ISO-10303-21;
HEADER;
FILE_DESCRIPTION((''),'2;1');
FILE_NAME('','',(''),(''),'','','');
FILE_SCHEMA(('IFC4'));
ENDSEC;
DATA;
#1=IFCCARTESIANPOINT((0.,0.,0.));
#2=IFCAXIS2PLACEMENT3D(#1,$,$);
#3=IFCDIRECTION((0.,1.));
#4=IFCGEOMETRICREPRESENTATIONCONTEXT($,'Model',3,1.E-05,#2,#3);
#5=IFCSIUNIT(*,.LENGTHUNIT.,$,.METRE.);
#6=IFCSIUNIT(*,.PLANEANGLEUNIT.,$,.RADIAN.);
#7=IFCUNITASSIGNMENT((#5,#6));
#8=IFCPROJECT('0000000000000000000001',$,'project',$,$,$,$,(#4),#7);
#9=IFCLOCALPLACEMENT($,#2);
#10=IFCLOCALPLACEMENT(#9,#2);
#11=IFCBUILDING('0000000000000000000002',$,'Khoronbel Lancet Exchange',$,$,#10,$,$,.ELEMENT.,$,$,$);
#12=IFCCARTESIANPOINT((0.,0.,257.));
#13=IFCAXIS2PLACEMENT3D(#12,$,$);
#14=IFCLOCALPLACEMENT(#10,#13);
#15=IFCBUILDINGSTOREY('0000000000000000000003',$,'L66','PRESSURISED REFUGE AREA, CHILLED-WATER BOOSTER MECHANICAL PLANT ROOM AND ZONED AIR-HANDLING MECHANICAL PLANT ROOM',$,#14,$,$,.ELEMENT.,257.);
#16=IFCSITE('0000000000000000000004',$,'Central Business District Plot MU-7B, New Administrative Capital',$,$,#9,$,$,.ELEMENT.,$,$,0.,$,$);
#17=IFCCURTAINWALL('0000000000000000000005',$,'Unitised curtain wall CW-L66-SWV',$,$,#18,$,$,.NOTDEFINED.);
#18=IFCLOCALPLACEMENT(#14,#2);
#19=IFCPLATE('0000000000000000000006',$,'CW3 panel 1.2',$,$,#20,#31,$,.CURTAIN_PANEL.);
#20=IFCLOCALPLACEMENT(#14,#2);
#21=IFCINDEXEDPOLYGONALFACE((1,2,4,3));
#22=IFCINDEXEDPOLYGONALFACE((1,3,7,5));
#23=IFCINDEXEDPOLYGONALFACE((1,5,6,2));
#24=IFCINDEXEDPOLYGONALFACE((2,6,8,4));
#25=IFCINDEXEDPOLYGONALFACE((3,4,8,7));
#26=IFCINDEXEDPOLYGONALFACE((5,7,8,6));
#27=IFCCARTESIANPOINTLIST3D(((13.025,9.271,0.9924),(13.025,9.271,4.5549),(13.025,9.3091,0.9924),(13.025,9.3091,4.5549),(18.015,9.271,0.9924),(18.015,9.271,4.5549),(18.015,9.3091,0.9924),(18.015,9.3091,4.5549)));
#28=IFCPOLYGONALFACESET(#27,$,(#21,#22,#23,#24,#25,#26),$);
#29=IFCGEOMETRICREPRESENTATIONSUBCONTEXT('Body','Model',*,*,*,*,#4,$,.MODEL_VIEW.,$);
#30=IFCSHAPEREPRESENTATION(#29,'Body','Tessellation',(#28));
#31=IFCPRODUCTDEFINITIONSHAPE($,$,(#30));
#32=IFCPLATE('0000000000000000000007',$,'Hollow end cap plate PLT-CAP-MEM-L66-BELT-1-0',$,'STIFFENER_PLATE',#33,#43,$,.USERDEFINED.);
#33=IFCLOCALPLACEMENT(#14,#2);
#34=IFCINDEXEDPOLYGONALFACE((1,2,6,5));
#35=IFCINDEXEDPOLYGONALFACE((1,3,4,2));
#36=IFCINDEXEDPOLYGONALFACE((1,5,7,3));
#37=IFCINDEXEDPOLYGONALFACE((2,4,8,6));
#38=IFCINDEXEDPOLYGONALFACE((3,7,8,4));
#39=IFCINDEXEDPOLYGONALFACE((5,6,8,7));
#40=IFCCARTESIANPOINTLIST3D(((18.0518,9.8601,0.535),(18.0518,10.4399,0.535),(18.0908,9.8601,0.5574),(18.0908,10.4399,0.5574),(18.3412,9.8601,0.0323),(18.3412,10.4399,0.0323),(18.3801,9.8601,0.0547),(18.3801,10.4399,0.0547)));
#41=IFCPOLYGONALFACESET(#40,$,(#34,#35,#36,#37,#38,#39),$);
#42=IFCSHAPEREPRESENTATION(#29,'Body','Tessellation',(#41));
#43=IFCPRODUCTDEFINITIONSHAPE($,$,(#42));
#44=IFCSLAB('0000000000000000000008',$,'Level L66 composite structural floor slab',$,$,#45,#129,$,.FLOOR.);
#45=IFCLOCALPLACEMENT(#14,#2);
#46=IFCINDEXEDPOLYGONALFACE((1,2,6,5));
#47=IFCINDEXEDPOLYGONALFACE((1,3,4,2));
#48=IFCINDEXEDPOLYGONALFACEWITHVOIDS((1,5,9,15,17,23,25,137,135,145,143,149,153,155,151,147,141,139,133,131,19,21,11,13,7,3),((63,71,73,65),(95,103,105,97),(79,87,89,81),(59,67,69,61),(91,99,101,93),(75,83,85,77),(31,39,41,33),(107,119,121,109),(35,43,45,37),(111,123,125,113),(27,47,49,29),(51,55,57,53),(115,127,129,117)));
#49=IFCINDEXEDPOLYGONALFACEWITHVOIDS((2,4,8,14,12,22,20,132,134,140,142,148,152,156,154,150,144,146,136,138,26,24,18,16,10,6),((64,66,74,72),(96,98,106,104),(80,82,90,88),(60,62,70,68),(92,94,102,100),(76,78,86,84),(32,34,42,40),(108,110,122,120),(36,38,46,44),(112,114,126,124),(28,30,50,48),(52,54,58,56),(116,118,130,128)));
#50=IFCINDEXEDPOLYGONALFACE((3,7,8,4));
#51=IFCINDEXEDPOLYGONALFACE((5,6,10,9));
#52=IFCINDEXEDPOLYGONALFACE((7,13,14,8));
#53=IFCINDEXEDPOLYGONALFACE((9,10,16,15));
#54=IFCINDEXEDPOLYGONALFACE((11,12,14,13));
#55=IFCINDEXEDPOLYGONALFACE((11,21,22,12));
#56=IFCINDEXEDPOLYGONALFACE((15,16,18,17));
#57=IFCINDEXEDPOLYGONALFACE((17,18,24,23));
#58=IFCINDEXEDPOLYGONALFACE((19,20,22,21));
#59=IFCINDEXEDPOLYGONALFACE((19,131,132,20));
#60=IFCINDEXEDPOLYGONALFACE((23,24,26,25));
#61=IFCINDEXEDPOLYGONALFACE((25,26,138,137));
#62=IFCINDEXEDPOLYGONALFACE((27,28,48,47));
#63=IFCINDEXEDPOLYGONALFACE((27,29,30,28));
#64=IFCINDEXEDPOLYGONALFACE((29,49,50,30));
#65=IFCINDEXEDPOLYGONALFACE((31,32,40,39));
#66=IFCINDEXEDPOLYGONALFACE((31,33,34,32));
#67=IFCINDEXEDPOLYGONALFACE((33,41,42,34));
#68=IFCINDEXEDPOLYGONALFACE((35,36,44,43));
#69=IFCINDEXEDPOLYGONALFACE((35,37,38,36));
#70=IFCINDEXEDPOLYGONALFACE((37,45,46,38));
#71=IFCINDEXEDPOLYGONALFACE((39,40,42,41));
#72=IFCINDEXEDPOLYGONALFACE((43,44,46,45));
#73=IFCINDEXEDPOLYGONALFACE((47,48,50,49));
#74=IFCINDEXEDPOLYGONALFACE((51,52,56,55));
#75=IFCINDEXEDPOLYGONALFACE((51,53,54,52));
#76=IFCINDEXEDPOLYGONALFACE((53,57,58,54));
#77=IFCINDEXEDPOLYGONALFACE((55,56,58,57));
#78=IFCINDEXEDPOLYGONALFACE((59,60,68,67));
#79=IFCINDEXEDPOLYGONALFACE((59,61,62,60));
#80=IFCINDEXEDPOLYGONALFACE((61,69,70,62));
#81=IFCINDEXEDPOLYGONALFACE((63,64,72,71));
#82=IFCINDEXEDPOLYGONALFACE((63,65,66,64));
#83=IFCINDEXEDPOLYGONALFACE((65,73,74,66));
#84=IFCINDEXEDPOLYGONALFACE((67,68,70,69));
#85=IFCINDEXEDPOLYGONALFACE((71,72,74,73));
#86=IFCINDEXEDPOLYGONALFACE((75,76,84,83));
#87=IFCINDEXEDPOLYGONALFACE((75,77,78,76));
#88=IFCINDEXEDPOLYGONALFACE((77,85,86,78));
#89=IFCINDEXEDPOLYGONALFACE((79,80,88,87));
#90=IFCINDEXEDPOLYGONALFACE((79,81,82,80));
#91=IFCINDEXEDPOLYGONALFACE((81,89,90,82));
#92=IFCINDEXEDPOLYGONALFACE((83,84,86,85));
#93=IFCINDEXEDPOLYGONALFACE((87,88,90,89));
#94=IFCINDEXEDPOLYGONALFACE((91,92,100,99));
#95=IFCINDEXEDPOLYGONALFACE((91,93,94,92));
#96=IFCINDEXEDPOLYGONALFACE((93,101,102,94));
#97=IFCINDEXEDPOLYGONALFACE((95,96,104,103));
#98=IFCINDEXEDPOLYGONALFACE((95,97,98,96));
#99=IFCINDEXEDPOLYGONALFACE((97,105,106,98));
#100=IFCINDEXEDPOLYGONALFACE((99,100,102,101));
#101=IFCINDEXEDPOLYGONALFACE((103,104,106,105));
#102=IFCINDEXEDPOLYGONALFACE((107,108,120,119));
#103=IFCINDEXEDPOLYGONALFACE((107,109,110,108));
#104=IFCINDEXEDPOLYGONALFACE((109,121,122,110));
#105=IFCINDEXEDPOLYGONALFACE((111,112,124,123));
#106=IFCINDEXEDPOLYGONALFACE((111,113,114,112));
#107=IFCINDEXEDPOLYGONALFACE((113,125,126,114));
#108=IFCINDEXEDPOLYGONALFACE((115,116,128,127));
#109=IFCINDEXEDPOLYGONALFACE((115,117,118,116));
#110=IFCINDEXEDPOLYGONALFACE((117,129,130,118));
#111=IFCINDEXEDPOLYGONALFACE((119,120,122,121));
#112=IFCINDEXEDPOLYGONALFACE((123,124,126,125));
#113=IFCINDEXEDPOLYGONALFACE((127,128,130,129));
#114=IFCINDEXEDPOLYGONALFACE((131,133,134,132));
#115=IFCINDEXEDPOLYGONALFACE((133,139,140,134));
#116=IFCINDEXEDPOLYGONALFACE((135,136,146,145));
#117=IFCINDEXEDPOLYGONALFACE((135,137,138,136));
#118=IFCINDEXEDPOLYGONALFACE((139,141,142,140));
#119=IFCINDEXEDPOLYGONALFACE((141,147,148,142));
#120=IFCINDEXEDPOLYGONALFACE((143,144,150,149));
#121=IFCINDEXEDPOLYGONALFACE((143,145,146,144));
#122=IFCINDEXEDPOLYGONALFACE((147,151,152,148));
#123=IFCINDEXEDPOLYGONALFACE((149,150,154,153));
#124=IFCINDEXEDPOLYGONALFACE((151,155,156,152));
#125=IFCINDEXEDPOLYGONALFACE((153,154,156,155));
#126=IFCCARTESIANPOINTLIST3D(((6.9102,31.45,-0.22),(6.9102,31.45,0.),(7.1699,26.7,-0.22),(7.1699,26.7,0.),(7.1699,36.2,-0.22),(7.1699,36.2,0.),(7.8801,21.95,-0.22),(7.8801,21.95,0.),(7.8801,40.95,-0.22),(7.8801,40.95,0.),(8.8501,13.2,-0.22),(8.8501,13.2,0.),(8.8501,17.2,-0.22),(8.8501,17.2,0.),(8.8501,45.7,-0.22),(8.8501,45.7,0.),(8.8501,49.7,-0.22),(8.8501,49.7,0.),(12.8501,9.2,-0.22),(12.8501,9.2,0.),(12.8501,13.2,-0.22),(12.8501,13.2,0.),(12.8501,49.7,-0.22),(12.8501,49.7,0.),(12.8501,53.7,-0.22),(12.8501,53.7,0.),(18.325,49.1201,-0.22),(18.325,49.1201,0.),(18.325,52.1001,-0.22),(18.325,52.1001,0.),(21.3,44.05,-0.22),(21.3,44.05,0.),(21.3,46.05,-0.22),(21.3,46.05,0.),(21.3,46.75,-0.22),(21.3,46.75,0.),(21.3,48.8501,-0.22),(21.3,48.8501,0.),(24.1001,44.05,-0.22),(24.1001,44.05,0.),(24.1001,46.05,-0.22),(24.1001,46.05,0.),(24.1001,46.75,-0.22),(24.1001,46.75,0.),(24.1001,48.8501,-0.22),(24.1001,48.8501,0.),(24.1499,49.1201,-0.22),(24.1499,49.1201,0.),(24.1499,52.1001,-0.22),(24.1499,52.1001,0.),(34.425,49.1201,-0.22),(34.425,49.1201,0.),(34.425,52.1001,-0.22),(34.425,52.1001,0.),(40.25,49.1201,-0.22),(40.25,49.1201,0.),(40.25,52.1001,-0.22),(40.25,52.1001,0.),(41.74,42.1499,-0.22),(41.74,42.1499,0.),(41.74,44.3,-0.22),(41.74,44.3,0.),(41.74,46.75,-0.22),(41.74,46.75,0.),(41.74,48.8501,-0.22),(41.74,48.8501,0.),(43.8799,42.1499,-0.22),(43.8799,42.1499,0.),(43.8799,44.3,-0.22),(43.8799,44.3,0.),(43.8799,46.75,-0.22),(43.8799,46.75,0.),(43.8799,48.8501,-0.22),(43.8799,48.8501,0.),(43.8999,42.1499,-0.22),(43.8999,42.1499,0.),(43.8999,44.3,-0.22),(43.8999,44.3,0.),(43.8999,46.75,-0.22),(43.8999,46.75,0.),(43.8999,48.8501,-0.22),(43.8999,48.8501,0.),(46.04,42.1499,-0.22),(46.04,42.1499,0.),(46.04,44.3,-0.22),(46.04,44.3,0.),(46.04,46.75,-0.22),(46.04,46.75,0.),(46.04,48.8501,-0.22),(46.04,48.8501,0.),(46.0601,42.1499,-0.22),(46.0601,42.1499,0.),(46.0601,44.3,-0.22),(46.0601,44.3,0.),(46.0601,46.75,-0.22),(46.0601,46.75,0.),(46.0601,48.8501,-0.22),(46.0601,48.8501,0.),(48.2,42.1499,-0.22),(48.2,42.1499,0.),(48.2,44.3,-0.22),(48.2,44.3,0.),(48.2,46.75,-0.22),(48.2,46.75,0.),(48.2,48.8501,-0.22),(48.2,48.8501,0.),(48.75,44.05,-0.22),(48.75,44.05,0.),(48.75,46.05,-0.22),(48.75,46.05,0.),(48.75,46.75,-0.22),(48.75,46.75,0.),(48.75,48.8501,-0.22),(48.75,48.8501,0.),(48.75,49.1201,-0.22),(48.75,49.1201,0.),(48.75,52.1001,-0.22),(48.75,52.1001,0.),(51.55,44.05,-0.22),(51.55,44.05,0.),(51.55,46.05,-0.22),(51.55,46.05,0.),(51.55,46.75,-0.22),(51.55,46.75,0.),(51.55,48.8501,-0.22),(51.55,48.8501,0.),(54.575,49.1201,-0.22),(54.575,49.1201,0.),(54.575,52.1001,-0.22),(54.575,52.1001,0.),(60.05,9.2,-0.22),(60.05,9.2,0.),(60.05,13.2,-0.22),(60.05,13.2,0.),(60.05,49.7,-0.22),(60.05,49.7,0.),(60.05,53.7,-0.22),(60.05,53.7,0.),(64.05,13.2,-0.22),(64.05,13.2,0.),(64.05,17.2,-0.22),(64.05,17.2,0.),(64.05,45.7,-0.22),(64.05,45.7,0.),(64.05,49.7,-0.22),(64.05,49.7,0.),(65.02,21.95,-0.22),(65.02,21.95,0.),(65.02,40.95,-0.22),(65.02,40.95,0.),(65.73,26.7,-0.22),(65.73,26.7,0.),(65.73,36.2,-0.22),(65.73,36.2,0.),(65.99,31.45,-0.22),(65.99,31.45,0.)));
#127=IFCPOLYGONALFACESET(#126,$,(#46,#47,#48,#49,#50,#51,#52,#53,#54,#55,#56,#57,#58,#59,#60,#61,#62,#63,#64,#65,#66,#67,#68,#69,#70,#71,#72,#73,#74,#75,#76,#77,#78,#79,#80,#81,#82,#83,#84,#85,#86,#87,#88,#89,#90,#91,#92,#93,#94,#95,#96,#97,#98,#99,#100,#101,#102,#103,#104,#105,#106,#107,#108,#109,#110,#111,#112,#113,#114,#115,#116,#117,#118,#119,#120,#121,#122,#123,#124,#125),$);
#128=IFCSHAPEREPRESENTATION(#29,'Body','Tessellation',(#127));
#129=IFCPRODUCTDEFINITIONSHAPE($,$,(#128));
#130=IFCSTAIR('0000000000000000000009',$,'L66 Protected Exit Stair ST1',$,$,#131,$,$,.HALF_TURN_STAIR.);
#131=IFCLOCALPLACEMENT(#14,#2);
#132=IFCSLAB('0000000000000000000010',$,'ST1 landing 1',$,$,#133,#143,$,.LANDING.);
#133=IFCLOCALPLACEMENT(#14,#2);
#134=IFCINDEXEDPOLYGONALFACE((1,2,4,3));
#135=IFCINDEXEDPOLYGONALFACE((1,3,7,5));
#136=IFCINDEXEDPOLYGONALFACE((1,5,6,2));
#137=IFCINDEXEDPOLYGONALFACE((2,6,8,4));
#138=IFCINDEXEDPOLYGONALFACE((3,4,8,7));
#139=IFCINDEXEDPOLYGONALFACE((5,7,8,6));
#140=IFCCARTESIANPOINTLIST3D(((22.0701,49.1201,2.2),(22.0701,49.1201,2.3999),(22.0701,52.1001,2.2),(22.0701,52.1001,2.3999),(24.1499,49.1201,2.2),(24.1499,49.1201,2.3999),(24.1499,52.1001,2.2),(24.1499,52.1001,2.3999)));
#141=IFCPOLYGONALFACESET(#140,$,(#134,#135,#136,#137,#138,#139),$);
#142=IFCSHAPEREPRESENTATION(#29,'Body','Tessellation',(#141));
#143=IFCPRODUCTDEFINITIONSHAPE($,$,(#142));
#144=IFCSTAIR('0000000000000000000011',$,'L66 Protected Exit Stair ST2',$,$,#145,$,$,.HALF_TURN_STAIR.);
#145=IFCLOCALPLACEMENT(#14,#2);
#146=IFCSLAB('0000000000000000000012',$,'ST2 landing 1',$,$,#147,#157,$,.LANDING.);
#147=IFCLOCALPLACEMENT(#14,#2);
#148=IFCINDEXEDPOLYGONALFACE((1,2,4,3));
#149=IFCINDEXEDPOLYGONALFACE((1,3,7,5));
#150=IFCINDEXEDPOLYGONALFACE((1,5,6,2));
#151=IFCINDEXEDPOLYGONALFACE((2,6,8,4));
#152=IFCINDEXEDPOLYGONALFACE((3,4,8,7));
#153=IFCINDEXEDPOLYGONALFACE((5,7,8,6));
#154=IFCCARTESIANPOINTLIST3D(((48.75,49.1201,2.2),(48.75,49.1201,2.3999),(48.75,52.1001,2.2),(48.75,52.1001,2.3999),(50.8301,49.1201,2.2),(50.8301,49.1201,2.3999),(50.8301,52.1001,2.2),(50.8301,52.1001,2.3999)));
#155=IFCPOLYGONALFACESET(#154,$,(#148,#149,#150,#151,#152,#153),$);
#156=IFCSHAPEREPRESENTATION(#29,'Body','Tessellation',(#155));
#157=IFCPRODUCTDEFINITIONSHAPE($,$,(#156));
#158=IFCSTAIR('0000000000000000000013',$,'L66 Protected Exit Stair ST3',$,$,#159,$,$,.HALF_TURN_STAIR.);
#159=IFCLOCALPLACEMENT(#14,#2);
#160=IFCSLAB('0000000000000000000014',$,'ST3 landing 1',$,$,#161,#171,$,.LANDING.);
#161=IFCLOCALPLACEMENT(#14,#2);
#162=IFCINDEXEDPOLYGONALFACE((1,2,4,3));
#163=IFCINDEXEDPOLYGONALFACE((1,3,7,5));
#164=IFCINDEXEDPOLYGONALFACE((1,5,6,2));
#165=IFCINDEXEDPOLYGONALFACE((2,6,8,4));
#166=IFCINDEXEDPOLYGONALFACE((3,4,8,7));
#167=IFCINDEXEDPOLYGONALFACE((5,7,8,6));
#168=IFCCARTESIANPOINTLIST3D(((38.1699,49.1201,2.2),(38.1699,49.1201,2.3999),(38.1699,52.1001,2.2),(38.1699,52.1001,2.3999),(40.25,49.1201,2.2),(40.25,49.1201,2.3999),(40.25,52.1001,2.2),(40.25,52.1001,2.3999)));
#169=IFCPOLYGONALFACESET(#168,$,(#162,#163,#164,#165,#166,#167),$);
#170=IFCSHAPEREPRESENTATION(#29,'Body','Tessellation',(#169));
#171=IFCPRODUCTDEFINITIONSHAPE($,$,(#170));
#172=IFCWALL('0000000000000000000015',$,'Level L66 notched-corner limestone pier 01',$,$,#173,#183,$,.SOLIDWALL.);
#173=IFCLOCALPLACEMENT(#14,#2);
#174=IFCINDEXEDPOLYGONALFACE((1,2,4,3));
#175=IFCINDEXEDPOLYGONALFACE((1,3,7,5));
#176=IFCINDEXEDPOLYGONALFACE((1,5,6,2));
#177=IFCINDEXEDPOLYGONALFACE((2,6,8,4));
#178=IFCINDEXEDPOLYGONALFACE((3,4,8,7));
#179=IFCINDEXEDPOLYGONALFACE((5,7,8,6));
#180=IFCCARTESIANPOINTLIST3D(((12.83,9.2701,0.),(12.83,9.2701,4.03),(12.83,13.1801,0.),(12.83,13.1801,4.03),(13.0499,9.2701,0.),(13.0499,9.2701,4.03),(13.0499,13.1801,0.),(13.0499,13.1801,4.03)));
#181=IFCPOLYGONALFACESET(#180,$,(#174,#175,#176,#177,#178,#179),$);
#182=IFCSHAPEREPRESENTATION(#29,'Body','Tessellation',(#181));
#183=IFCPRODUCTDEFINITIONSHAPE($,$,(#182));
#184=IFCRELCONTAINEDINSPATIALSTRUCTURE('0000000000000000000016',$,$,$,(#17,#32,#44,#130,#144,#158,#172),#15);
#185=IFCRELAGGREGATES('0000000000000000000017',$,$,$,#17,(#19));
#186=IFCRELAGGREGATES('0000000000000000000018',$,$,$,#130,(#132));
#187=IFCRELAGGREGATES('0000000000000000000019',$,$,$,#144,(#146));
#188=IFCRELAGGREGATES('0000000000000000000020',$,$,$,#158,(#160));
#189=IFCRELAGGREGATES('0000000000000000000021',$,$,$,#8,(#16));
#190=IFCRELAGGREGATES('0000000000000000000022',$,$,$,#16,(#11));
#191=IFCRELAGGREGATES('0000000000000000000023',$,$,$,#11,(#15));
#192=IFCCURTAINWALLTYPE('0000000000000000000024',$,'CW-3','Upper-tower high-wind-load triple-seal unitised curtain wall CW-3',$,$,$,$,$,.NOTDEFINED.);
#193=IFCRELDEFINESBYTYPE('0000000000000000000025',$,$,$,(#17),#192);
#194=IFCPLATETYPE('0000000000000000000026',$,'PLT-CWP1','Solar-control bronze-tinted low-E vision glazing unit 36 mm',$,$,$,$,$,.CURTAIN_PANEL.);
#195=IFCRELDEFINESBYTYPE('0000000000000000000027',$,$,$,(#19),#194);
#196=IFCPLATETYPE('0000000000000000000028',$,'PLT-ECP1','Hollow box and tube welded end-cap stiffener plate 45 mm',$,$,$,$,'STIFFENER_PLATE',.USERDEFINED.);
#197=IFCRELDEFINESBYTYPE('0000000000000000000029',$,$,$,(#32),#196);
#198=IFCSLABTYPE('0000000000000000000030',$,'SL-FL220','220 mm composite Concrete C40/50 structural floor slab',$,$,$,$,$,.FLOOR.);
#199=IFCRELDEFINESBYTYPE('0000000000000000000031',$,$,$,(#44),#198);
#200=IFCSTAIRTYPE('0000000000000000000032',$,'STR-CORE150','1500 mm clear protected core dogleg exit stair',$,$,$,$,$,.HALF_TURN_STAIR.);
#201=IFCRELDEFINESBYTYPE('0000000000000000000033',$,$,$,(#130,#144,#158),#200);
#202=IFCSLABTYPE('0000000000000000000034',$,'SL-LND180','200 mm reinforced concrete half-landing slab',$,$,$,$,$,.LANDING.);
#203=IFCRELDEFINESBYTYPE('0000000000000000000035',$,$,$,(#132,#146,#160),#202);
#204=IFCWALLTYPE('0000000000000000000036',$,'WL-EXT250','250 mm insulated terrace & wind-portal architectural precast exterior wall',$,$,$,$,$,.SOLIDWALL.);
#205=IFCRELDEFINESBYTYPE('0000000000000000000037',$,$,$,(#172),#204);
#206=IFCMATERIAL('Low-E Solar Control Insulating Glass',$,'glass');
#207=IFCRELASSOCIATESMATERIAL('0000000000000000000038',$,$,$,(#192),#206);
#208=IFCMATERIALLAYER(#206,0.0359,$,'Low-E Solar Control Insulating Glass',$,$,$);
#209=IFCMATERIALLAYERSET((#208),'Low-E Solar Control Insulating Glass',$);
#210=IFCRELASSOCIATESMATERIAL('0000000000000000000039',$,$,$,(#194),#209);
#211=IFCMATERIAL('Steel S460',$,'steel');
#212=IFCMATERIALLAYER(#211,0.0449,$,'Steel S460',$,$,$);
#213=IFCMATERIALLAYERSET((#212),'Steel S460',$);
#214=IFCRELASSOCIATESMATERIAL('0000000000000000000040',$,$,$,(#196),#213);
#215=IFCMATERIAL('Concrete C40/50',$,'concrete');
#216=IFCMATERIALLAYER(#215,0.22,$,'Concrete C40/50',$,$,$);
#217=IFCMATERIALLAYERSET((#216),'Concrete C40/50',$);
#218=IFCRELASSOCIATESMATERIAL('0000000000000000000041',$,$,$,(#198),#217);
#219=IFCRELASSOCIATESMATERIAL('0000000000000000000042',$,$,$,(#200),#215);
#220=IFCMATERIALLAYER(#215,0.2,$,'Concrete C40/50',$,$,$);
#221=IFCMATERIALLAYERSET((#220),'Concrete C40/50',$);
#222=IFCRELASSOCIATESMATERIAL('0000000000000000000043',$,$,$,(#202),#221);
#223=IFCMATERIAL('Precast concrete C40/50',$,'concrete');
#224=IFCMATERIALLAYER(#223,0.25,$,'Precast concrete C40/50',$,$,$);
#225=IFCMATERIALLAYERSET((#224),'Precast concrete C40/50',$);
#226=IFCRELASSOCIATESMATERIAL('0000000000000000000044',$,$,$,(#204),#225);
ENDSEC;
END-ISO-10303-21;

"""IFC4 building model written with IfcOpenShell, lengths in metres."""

from ifc_helpers import new_model, si_unit, direction, frame, frame_2d, origin, origin_2d, place, context, subcontext, project, spatial, polyline, rectangle, outline, extrude, material, layer, layer_set, type_object, element, aggregate, save


model = new_model("IFC4")

# Units and contexts
model_context = context("Model", 3, precision=1e-05, world=origin(), true_north=direction((0.0, 1.0)))
body_context = subcontext(model_context, "Body", "Model", "MODEL_VIEW")
ifc_project = project(units=[si_unit("LENGTHUNIT", "METRE"), si_unit("PLANEANGLEUNIT", "RADIAN")], contexts=[model_context])

# Site, building, storey
site_placement = place(None, origin())
site = spatial("IfcSite", under=ifc_project, at=site_placement, Name="Central Business District Plot MU-7B, New Administrative Capital", CompositionType="ELEMENT", RefElevation=0.0)
building_placement = place(site_placement, origin())
building = spatial("IfcBuilding", under=site, at=building_placement, Name="Khoronbel Lancet Exchange", CompositionType="ELEMENT")
storey_placement = place(building_placement, frame((0.0, 0.0, 257.0)))
storey = spatial("IfcBuildingStorey", under=building, at=storey_placement, Name="L66", Description="PRESSURISED REFUGE AREA, CHILLED-WATER BOOSTER MECHANICAL PLANT ROOM AND ZONED AIR-HANDLING MECHANICAL PLANT ROOM", CompositionType="ELEMENT", Elevation=257.0)

# Shared definitions
ifc_material_1 = material(Name="Steel S460", Category="steel")

# Curtain wall
ifc_material_2 = material(Name="Low-E Solar Control Insulating Glass", Category="glass")
curtain_wall_type = type_object("IfcCurtainWallType", Name="CW-3", Description="Upper-tower high-wind-load triple-seal unitised curtain wall CW-3", PredefinedType="NOTDEFINED", material=ifc_material_2)
curtain_wall_1_placement = place(storey_placement, origin())
curtain_wall_1 = element("IfcCurtainWall", 1, at=curtain_wall_1_placement, inside=storey, type_object=curtain_wall_type, Name="Unitised curtain wall CW-L66-SWV", PredefinedType="NOTDEFINED")

# Plates
ifc_layer_1 = layer(ifc_material_2, 0.0359, Name="Low-E Solar Control Insulating Glass")
ifc_layer_set_1 = layer_set([ifc_layer_1], Name="Low-E Solar Control Insulating Glass")
plate_type_1 = type_object("IfcPlateType", Name="PLT-CWP1", Description="Solar-control bronze-tinted low-E vision glazing unit 36 mm", PredefinedType="CURTAIN_PANEL", material=ifc_layer_set_1)
plate_1_placement = place(storey_placement, frame((15.52, 9.29, 0.9924), z_axis=(0.0, 0.0, 1.0), x_axis=(1.0, 0.0, 0.0)))
plate_1 = element("IfcPlate", 2, at=plate_1_placement, type_object=plate_type_1, Name="CW3 panel 1.2", PredefinedType="CURTAIN_PANEL", context=body_context, shape_type="SweptSolid", body=[
    extrude(rectangle(XDim=4.99, YDim=0.0381, at=origin_2d()), origin(), (0.0, 0.0, 1.0), 3.5625),
])
aggregate(curtain_wall_1, [plate_1])
ifc_layer_2 = layer(ifc_material_1, 0.0449, Name="Steel S460")
ifc_layer_set_2 = layer_set([ifc_layer_2], Name="Steel S460")
plate_type_2 = type_object("IfcPlateType", Name="PLT-ECP1", Description="Hollow box and tube welded end-cap stiffener plate 45 mm", ElementType="STIFFENER_PLATE", PredefinedType="USERDEFINED", material=ifc_layer_set_2)
plate_2_placement = place(storey_placement, frame((18.3801, 9.8601, 0.0547), z_axis=(0.866711, 0.0, 0.498811), x_axis=(0.0, 1.0, 0.0)))
element("IfcPlate", 3, at=plate_2_placement, inside=storey, type_object=plate_type_2, Name="Hollow end cap plate PLT-CAP-MEM-L66-BELT-1-0", ObjectType="STIFFENER_PLATE", PredefinedType="USERDEFINED", context=body_context, shape_type="SweptSolid", body=[
    extrude(outline(polyline([(0.0, 0.0), (0.5798, 0.0), (0.5798, 0.5801), (0.0, 0.5801), (0.0, 0.0)])), origin(), (0.0, 0.0, -1.0), 0.0449),
])

# Slab
ifc_material_3 = material(Name="Concrete C40/50", Category="concrete")
ifc_layer_3 = layer(ifc_material_3, 0.22, Name="Concrete C40/50")
ifc_layer_set_3 = layer_set([ifc_layer_3], Name="Concrete C40/50")
slab_type_1 = type_object("IfcSlabType", Name="SL-FL220", Description="220 mm composite Concrete C40/50 structural floor slab", PredefinedType="FLOOR", material=ifc_layer_set_3)
slab_1_placement = place(storey_placement, frame((0.0, 0.0, -0.22)))
element("IfcSlab", 4, at=slab_1_placement, inside=storey, type_object=slab_type_1, Name="Level L66 composite structural floor slab", PredefinedType="FLOOR", context=body_context, shape_type="SweptSolid", body=[
    extrude(outline(polyline([(12.8501, 9.2), (60.05, 9.2), (60.05, 13.2), (64.05, 13.2), (64.05, 17.2), (65.02, 21.95), (65.73, 26.7), (65.99, 31.45), (65.73, 36.2), (65.02, 40.95), (64.05, 45.7), (64.05, 49.7), (60.05, 49.7), (60.05, 53.7), (12.8501, 53.7), (12.8501, 49.7), (8.8501, 49.7), (8.8501, 45.7), (7.8801, 40.95), (7.1699, 36.2), (6.9102, 31.45), (7.1699, 26.7), (7.8801, 21.95), (8.8501, 17.2), (8.8501, 13.2), (12.8501, 13.2), (12.8501, 9.2)]), holes=[polyline([(18.325, 49.1201), (24.1499, 49.1201), (24.1499, 52.1001), (18.325, 52.1001), (18.325, 49.1201)]), polyline([(48.75, 49.1201), (54.575, 49.1201), (54.575, 52.1001), (48.75, 52.1001), (48.75, 49.1201)]), polyline([(34.425, 49.1201), (40.25, 49.1201), (40.25, 52.1001), (34.425, 52.1001), (34.425, 49.1201)]), polyline([(41.74, 46.75), (43.8799, 46.75), (43.8799, 48.8501), (41.74, 48.8501), (41.74, 46.75)]), polyline([(43.8999, 46.75), (46.04, 46.75), (46.04, 48.8501), (43.8999, 48.8501), (43.8999, 46.75)]), polyline([(46.0601, 46.75), (48.2, 46.75), (48.2, 48.8501), (46.0601, 48.8501), (46.0601, 46.75)]), polyline([(41.74, 42.1499), (43.8799, 42.1499), (43.8799, 44.3), (41.74, 44.3), (41.74, 42.1499)]), polyline([(43.8999, 42.1499), (46.04, 42.1499), (46.04, 44.3), (43.8999, 44.3), (43.8999, 42.1499)]), polyline([(46.0601, 42.1499), (48.2, 42.1499), (48.2, 44.3), (46.0601, 44.3), (46.0601, 42.1499)]), polyline([(21.3, 46.75), (24.1001, 46.75), (24.1001, 48.8501), (21.3, 48.8501), (21.3, 46.75)]), polyline([(48.75, 46.75), (51.55, 46.75), (51.55, 48.8501), (48.75, 48.8501), (48.75, 46.75)]), polyline([(21.3, 44.05), (24.1001, 44.05), (24.1001, 46.05), (21.3, 46.05), (21.3, 44.05)]), polyline([(48.75, 44.05), (51.55, 44.05), (51.55, 46.05), (48.75, 46.05), (48.75, 44.05)])]), origin(), (0.0, 0.0, 1.0), 0.22),
])

# Stairs, slabs
stair_type = type_object("IfcStairType", Name="STR-CORE150", Description="1500 mm clear protected core dogleg exit stair", PredefinedType="HALF_TURN_STAIR", material=ifc_material_3)
stair_1_placement = place(storey_placement, origin())
stair_1 = element("IfcStair", 5, at=stair_1_placement, inside=storey, type_object=stair_type, Name="L66 Protected Exit Stair ST1", PredefinedType="HALF_TURN_STAIR")
ifc_layer_4 = layer(ifc_material_3, 0.2, Name="Concrete C40/50")
ifc_layer_set_4 = layer_set([ifc_layer_4], Name="Concrete C40/50")
slab_type_2 = type_object("IfcSlabType", Name="SL-LND180", Description="200 mm reinforced concrete half-landing slab", PredefinedType="LANDING", material=ifc_layer_set_4)
slab_2_placement = place(storey_placement, frame((0.0, 0.0, 2.2)))
slab_2 = element("IfcSlab", 6, at=slab_2_placement, type_object=slab_type_2, Name="ST1 landing 1", PredefinedType="LANDING", context=body_context, shape_type="SweptSolid", body=[
    extrude(outline(polyline([(22.0701, 49.1201), (24.1499, 49.1201), (24.1499, 52.1001), (22.0701, 52.1001), (22.0701, 49.1201)])), origin(), (0.0, 0.0, 1.0), 0.2),
])
aggregate(stair_1, [slab_2])
stair_2_placement = place(storey_placement, origin())
stair_2 = element("IfcStair", 7, at=stair_2_placement, inside=storey, type_object=stair_type, Name="L66 Protected Exit Stair ST2", PredefinedType="HALF_TURN_STAIR")
slab_3_placement = place(storey_placement, frame((0.0, 0.0, 2.2)))
slab_3 = element("IfcSlab", 8, at=slab_3_placement, type_object=slab_type_2, Name="ST2 landing 1", PredefinedType="LANDING", context=body_context, shape_type="SweptSolid", body=[
    extrude(outline(polyline([(50.8301, 52.1001), (48.75, 52.1001), (48.75, 49.1201), (50.8301, 49.1201), (50.8301, 52.1001)])), origin(), (0.0, 0.0, 1.0), 0.2),
])
aggregate(stair_2, [slab_3])
stair_3_placement = place(storey_placement, origin())
stair_3 = element("IfcStair", 9, at=stair_3_placement, inside=storey, type_object=stair_type, Name="L66 Protected Exit Stair ST3", PredefinedType="HALF_TURN_STAIR")
slab_4_placement = place(storey_placement, frame((0.0, 0.0, 2.2)))
slab_4 = element("IfcSlab", 10, at=slab_4_placement, type_object=slab_type_2, Name="ST3 landing 1", PredefinedType="LANDING", context=body_context, shape_type="SweptSolid", body=[
    extrude(outline(polyline([(38.1699, 49.1201), (40.25, 49.1201), (40.25, 52.1001), (38.1699, 52.1001), (38.1699, 49.1201)])), origin(), (0.0, 0.0, 1.0), 0.2),
])
aggregate(stair_3, [slab_4])

# Wall
ifc_material_4 = material(Name="Precast concrete C40/50", Category="concrete")
ifc_layer_5 = layer(ifc_material_4, 0.25, Name="Precast concrete C40/50")
ifc_layer_set_5 = layer_set([ifc_layer_5], Name="Precast concrete C40/50")
wall_type_1 = type_object("IfcWallType", Name="WL-EXT250", Description="250 mm insulated terrace & wind-portal architectural precast exterior wall", PredefinedType="SOLIDWALL", material=ifc_layer_set_5)
wall_1_placement = place(storey_placement, frame((12.9399, 9.27, 0.0), z_axis=(0.0, 0.0, 1.0), x_axis=(0.0, 1.0, 0.0)))
element("IfcWall", 11, at=wall_1_placement, inside=storey, type_object=wall_type_1, Name="Level L66 notched-corner limestone pier 01", PredefinedType="SOLIDWALL", context=body_context, shape_type="SweptSolid", body=[
    extrude(rectangle(XDim=3.9099, YDim=0.22, at=frame_2d((1.9551, 0.0))), origin(), (0.0, 0.0, 1.0), 4.03),
])

save(model, "model.ifc")
